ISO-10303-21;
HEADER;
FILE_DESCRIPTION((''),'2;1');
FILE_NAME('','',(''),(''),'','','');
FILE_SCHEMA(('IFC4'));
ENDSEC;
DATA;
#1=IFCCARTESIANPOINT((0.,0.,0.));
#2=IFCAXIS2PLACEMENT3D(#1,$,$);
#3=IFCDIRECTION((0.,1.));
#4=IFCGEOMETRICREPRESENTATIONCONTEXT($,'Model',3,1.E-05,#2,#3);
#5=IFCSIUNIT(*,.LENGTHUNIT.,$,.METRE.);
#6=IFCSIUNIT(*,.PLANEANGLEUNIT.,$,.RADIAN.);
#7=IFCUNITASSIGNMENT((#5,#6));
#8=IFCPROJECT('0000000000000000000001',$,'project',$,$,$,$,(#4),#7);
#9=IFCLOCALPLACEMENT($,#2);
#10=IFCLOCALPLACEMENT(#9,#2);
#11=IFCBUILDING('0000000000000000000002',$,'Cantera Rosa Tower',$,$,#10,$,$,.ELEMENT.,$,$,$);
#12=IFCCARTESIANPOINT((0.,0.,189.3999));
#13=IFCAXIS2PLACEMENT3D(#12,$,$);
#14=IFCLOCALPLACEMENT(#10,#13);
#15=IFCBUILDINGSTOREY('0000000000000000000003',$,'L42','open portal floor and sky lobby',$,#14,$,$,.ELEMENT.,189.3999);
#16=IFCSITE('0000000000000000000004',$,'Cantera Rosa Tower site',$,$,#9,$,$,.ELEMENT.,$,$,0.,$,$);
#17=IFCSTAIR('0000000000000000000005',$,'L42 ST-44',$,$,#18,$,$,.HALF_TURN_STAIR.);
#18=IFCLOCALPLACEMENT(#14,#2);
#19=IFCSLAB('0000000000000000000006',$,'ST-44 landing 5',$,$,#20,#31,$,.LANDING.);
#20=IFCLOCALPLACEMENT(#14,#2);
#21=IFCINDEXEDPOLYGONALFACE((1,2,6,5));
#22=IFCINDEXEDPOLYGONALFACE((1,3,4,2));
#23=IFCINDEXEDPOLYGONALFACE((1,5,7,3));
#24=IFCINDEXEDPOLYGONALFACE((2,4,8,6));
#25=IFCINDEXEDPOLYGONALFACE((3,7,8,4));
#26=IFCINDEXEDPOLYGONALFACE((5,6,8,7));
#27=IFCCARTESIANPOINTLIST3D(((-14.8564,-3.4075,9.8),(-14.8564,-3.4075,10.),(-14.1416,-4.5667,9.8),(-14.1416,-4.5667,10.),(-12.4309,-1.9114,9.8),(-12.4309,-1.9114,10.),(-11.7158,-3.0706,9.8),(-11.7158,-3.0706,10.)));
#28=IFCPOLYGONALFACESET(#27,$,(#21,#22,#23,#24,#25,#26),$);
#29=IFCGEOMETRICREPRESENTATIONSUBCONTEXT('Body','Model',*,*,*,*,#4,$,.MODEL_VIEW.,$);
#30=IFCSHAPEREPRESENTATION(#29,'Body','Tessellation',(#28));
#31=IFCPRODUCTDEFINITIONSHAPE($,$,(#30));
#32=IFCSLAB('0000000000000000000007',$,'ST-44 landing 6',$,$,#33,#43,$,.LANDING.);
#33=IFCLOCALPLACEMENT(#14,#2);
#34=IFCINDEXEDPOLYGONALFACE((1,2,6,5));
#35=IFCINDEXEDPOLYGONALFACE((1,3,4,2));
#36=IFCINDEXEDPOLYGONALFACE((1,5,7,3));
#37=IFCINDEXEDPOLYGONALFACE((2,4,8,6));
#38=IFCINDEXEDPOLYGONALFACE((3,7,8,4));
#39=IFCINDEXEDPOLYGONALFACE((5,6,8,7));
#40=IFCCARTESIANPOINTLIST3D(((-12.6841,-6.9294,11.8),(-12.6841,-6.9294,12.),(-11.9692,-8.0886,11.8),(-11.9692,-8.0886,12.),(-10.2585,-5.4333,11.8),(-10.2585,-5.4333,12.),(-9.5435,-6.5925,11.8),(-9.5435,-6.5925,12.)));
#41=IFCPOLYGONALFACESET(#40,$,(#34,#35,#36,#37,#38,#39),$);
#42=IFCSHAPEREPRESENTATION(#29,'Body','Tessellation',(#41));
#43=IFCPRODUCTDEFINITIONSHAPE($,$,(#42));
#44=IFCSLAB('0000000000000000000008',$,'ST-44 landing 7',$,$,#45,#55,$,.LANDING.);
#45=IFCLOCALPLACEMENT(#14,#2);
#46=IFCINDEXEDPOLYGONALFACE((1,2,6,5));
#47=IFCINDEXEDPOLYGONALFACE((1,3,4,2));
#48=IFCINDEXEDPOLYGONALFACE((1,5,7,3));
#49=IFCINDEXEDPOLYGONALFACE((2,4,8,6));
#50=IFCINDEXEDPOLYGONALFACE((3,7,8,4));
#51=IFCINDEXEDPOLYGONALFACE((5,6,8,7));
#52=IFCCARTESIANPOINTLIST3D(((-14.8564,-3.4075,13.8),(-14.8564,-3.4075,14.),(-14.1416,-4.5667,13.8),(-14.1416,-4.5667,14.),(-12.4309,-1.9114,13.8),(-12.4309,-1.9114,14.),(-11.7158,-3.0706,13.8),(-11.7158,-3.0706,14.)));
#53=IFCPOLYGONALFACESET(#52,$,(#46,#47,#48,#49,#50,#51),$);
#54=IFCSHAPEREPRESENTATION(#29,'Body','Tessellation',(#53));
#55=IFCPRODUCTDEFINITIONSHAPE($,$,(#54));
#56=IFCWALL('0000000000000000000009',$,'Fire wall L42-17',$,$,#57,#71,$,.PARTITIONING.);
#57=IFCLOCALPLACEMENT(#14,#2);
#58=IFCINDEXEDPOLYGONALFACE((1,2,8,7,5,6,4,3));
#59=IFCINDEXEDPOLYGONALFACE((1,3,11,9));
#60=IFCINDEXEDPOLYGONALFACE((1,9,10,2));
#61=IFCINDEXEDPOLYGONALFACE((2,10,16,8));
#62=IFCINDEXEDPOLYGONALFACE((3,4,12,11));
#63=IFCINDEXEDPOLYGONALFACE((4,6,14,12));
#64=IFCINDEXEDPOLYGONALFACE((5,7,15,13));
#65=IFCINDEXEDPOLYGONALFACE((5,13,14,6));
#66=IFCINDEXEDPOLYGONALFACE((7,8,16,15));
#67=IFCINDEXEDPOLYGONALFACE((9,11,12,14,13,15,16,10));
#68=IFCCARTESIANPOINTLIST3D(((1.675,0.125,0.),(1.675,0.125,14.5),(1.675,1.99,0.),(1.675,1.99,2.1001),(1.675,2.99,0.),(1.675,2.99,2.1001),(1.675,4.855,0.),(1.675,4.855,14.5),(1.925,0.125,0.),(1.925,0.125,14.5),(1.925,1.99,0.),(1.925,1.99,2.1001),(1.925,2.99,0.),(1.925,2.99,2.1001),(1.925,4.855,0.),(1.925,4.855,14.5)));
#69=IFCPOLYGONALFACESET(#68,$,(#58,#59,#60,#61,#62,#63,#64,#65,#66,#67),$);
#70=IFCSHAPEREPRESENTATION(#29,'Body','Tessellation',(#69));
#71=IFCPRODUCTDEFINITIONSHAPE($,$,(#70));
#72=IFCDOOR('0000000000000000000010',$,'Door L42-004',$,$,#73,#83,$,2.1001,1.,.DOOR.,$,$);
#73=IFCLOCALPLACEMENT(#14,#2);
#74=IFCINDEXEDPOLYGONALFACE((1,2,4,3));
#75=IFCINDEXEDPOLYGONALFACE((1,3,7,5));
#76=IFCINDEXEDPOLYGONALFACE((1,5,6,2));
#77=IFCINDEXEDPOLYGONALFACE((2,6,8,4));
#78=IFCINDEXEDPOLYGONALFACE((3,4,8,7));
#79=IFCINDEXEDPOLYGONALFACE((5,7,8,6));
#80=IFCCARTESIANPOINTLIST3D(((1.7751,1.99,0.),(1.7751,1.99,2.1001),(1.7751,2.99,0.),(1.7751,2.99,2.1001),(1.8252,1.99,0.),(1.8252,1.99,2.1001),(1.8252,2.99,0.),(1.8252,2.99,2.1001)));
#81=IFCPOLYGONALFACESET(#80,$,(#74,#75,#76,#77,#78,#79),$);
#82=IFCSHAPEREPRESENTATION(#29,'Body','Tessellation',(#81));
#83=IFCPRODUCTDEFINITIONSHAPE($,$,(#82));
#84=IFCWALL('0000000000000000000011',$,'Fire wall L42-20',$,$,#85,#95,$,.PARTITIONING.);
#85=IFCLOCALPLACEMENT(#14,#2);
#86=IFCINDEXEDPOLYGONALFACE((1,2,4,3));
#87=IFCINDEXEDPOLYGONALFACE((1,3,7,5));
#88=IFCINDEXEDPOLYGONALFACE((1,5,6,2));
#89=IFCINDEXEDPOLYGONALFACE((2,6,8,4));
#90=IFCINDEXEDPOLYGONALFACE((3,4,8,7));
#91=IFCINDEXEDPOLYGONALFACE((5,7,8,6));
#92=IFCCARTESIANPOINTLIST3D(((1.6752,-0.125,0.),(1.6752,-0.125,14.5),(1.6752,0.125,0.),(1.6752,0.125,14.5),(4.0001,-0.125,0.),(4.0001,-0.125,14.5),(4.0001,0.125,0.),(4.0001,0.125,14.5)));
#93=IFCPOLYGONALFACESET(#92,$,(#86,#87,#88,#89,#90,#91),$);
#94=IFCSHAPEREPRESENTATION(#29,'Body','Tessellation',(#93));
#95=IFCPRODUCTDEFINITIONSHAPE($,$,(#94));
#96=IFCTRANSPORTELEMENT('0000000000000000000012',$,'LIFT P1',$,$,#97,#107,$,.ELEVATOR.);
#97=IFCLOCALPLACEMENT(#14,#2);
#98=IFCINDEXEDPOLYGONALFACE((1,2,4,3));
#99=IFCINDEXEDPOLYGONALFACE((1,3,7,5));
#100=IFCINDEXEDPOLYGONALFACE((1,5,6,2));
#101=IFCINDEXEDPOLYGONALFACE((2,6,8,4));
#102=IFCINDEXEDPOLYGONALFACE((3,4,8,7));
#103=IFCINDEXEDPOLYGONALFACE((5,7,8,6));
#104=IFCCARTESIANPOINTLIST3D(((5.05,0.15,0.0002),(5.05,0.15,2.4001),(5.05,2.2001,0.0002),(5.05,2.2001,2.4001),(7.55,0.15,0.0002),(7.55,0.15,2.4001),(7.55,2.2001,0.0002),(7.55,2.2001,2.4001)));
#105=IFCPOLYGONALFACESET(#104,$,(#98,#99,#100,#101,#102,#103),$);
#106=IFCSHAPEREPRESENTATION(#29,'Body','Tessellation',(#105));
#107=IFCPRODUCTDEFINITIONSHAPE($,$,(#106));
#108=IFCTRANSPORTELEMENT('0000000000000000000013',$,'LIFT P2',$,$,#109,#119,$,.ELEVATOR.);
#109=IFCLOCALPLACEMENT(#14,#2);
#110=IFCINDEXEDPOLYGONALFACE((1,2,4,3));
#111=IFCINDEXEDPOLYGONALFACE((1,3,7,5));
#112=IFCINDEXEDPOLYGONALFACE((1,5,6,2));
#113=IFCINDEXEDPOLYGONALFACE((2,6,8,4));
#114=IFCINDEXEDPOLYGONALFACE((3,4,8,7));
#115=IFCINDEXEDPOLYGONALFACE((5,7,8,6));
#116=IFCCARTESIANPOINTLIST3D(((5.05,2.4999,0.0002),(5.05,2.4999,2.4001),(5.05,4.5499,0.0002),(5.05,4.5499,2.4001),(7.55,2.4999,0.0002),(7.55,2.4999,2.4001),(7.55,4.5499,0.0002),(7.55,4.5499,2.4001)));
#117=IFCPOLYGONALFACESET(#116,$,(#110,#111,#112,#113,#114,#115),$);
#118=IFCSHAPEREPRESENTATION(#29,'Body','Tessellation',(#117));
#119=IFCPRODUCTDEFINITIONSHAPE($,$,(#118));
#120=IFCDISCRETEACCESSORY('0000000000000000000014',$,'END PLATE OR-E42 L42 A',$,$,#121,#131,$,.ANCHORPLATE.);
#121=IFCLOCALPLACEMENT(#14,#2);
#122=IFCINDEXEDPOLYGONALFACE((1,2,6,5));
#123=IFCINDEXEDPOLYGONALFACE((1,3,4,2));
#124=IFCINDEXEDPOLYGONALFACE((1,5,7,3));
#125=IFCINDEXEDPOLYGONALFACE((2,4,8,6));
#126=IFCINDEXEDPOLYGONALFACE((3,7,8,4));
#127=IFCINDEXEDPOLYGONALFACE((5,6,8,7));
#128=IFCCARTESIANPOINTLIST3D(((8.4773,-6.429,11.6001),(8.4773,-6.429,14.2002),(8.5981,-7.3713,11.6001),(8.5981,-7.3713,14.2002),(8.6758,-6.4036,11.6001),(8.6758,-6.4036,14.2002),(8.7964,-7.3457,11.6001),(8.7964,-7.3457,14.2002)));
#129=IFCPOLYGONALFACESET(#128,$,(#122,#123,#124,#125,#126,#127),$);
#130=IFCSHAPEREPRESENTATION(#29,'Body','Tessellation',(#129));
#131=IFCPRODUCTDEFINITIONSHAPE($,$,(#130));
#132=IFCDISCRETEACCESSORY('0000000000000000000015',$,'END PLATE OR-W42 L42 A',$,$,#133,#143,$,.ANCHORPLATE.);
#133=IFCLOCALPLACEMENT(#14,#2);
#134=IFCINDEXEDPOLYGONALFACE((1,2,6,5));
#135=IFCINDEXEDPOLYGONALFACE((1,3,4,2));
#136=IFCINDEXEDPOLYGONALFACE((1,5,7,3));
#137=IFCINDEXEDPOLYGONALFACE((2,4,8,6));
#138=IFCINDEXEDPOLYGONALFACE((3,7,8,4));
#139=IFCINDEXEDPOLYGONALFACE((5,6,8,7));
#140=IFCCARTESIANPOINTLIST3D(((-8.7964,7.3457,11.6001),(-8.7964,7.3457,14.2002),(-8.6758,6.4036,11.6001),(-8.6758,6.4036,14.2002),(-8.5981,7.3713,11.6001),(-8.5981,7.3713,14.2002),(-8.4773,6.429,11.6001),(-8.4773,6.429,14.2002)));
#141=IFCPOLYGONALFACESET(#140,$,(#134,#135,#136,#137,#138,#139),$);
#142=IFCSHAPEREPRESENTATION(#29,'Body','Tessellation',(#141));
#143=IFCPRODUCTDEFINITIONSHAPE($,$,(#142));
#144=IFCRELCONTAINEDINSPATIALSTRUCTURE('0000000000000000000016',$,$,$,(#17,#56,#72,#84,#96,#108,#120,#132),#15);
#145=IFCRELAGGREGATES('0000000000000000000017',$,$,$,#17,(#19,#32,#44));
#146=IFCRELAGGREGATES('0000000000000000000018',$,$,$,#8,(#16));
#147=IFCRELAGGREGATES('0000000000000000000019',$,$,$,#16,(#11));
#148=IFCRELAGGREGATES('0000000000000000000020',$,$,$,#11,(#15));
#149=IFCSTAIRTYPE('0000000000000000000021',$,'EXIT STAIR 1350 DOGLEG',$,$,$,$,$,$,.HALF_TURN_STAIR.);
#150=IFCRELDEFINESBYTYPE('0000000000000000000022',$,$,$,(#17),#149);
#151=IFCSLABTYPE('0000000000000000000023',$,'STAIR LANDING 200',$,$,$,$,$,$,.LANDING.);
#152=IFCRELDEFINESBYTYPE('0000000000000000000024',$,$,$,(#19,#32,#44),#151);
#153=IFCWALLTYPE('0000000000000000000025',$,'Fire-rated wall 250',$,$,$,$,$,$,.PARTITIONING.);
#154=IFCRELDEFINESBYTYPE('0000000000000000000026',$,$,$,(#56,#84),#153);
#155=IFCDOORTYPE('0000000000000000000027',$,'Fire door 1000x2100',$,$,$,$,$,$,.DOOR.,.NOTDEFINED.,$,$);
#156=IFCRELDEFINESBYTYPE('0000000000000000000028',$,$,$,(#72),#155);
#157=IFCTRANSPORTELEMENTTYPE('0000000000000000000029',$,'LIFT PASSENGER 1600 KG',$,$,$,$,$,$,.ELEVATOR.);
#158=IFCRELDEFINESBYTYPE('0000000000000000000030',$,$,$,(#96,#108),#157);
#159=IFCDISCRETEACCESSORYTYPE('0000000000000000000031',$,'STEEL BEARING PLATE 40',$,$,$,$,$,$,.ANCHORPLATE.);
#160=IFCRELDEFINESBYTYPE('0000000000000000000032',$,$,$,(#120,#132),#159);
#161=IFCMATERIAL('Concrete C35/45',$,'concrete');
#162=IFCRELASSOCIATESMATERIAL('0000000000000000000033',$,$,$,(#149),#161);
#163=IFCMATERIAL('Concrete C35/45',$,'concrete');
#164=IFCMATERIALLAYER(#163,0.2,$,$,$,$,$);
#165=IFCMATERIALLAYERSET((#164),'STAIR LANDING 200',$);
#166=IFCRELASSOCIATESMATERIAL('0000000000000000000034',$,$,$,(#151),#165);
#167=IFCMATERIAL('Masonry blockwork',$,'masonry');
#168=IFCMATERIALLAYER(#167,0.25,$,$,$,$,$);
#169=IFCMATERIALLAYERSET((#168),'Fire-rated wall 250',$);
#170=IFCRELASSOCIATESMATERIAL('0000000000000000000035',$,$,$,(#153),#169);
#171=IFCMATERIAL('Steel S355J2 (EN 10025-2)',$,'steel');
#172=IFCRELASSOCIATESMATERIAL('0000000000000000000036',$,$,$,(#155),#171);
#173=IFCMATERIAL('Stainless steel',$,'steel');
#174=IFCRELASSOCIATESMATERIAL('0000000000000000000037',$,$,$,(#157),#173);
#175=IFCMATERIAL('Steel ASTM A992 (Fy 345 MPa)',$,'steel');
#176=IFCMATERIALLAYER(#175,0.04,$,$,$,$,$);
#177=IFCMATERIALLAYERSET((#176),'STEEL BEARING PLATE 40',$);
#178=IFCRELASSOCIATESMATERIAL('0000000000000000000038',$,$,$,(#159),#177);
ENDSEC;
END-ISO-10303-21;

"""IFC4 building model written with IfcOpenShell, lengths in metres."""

from ifc_helpers import new_model, si_unit, direction, frame, frame_2d, origin, origin_2d, place, context, subcontext, project, spatial, polyline, rectangle, outline, extrude, material, layer, layer_set, type_object, element, fill, aggregate, save


model = new_model("IFC4")

# Units and contexts
model_context = context("Model", 3, precision=1e-05, world=origin(), true_north=direction((0.0, 1.0)))
body_context = subcontext(model_context, "Body", "Model", "MODEL_VIEW")
ifc_project = project(units=[si_unit("LENGTHUNIT", "METRE"), si_unit("PLANEANGLEUNIT", "RADIAN")], contexts=[model_context])

# Site, building, storey
site_placement = place(None, origin())
site = spatial("IfcSite", under=ifc_project, at=site_placement, Name="Cantera Rosa Tower site", CompositionType="ELEMENT", RefElevation=0.0)
building_placement = place(site_placement, origin())
building = spatial("IfcBuilding", under=site, at=building_placement, Name="Cantera Rosa Tower", CompositionType="ELEMENT")
storey_placement = place(building_placement, frame((0.0, 0.0, 189.3999)))
storey = spatial("IfcBuildingStorey", under=building, at=storey_placement, Name="L42", Description="open portal floor and sky lobby", CompositionType="ELEMENT", Elevation=189.3999)

# Stair, slabs
ifc_material_1 = material(Name="Concrete C35/45", Category="concrete")
stair_type = type_object("IfcStairType", Name="EXIT STAIR 1350 DOGLEG", PredefinedType="HALF_TURN_STAIR", material=ifc_material_1)
ifc_material_2 = material(Name="Concrete C35/45", Category="concrete")
ifc_layer_1 = layer(ifc_material_2, 0.2)
ifc_layer_set_1 = layer_set([ifc_layer_1], Name="STAIR LANDING 200")
slab_type = type_object("IfcSlabType", Name="STAIR LANDING 200", PredefinedType="LANDING", material=ifc_layer_set_1)
stair_1_placement = place(storey_placement, origin())
stair_1 = element("IfcStair", 1, at=stair_1_placement, inside=storey, type_object=stair_type, Name="L42 ST-44", PredefinedType="HALF_TURN_STAIR")
slab_1_placement = place(storey_placement, frame((0.0, 0.0, 9.8)))
slab_1 = element("IfcSlab", 2, at=slab_1_placement, type_object=slab_type, Name="ST-44 landing 5", PredefinedType="LANDING", context=body_context, shape_type="SweptSolid", body=[
    extrude(outline(polyline([(-11.7158, -3.0706), (-12.4309, -1.9114), (-14.8564, -3.4075), (-14.1416, -4.5667), (-11.7158, -3.0706)])), origin(), (0.0, 0.0, 1.0), 0.2),
])
slab_2_placement = place(storey_placement, frame((0.0, 0.0, 11.8)))
slab_2 = element("IfcSlab", 3, at=slab_2_placement, type_object=slab_type, Name="ST-44 landing 6", PredefinedType="LANDING", context=body_context, shape_type="SweptSolid", body=[
    extrude(outline(polyline([(-9.5435, -6.5925), (-10.2585, -5.4333), (-12.6841, -6.9294), (-11.9692, -8.0886), (-9.5435, -6.5925)])), origin(), (0.0, 0.0, 1.0), 0.2),
])
slab_3_placement = place(storey_placement, frame((0.0, 0.0, 13.8)))
slab_3 = element("IfcSlab", 4, at=slab_3_placement, type_object=slab_type, Name="ST-44 landing 7", PredefinedType="LANDING", context=body_context, shape_type="SweptSolid", body=[
    extrude(outline(polyline([(-11.7158, -3.0706), (-12.4309, -1.9114), (-14.8564, -3.4075), (-14.1416, -4.5667), (-11.7158, -3.0706)])), origin(), (0.0, 0.0, 1.0), 0.2),
])
aggregate(stair_1, [slab_1, slab_2, slab_3])

# Wall, opening, door
ifc_material_3 = material(Name="Masonry blockwork", Category="masonry")
ifc_layer_2 = layer(ifc_material_3, 0.25)
ifc_layer_set_2 = layer_set([ifc_layer_2], Name="Fire-rated wall 250")
wall_type = type_object("IfcWallType", Name="Fire-rated wall 250", PredefinedType="PARTITIONING", material=ifc_layer_set_2)
wall_1_placement = place(storey_placement, frame((1.8, 0.125, 0.0), z_axis=(0.0, 0.0, 1.0), x_axis=(0.0, 1.0, 0.0)))
wall_1 = element("IfcWall", 5, at=wall_1_placement, inside=storey, type_object=wall_type, Name="Fire wall L42-17", PredefinedType="PARTITIONING", context=body_context, shape_type="SweptSolid", body=[
    extrude(rectangle(XDim=4.73, YDim=0.25, at=frame_2d((2.365, 0.0))), origin(), (0.0, 0.0, 1.0), 14.5),
])
opening_placement = place(wall_1_placement, frame((1.865, 0.0, 0.0)))
opening = element("IfcOpeningElement", 6, at=opening_placement, cuts=wall_1, PredefinedType="OPENING", context=body_context, shape_type="SweptSolid", body=[
    extrude(rectangle(XDim=1.0, YDim=2.1001, at=frame_2d((0.5, 1.05))), frame((0.0, 0.135, 0.0), z_axis=(0.0, -1.0, 0.0), x_axis=(1.0, 0.0, 0.0)), (0.0, 0.0, 1.0), 0.27),
])
ifc_material_4 = material(Name="Steel S355J2 (EN 10025-2)", Category="steel")
door_type = type_object("IfcDoorType", Name="Fire door 1000x2100", OperationType="NOTDEFINED", PredefinedType="DOOR", material=ifc_material_4)
door_placement = place(opening_placement, origin())
door = element("IfcDoor", 7, at=door_placement, inside=storey, type_object=door_type, Name="Door L42-004", OverallHeight=2.1001, OverallWidth=1.0, PredefinedType="DOOR", context=body_context, shape_type="SweptSolid", body=[
    extrude(rectangle(XDim=1.0, YDim=2.1001, at=frame_2d((0.5, 1.05))), frame((0.0, 0.0249, 0.0), z_axis=(0.0, -1.0, 0.0), x_axis=(1.0, 0.0, 0.0)), (0.0, 0.0, 1.0), 0.05),
])
fill(opening, door)

# Wall
wall_2_placement = place(storey_placement, frame((1.675, 0.0, 0.0), z_axis=(0.0, 0.0, 1.0), x_axis=(1.0, 0.0, 0.0)))
element("IfcWall", 8, at=wall_2_placement, inside=storey, type_object=wall_type, Name="Fire wall L42-20", PredefinedType="PARTITIONING", context=body_context, shape_type="SweptSolid", body=[
    extrude(rectangle(XDim=2.325, YDim=0.25, at=frame_2d((1.1626, 0.0))), origin(), (0.0, 0.0, 1.0), 14.5),
])

# Transport elements
ifc_material_5 = material(Name="Stainless steel", Category="steel")
transport_element_type = type_object("IfcTransportElementType", Name="LIFT PASSENGER 1600 KG", PredefinedType="ELEVATOR", material=ifc_material_5)
for number, where, z_axis, x_axis, name in (
    (9, (6.3, 1.175, 0.0002), (0.0, 0.0, 1.0), (1.0, 0.0, 0.0), "LIFT P1"),
    (10, (6.3, 3.5249, 0.0002), (0.0, 0.0, 1.0), (1.0, 0.0, 0.0), "LIFT P2"),
):
    element("IfcTransportElement", number, at=place(storey_placement, frame(where, z_axis=z_axis, x_axis=x_axis)), inside=storey, type_object=transport_element_type, Name=name, PredefinedType="ELEVATOR", context=body_context, shape_type="SweptSolid", body=[
        extrude(rectangle(XDim=2.5, YDim=2.05, at=origin_2d()), origin(), (0.0, 0.0, 1.0), 2.3999),
    ])

# Discrete accessories
ifc_material_6 = material(Name="Steel ASTM A992 (Fy 345 MPa)", Category="steel")
ifc_layer_3 = layer(ifc_material_6, 0.04)
ifc_layer_set_3 = layer_set([ifc_layer_3], Name="STEEL BEARING PLATE 40")
discrete_accessory_type = type_object("IfcDiscreteAccessoryType", Name="STEEL BEARING PLATE 40", PredefinedType="ANCHORPLATE", material=ifc_layer_set_3)
discrete_accessory_1_placement = place(storey_placement, frame((0.0, 0.0, 11.6001)))
element("IfcDiscreteAccessory", 11, at=discrete_accessory_1_placement, inside=storey, type_object=discrete_accessory_type, Name="END PLATE OR-E42 L42 A", PredefinedType="ANCHORPLATE", context=body_context, shape_type="SweptSolid", body=[
    extrude(outline(polyline([(8.6758, -6.4036), (8.4773, -6.429), (8.5981, -7.3713), (8.7964, -7.3457), (8.6758, -6.4036)])), origin(), (0.0, 0.0, 1.0), 2.6001),
])
discrete_accessory_2_placement = place(storey_placement, frame((0.0, 0.0, 11.6001)))
element("IfcDiscreteAccessory", 12, at=discrete_accessory_2_placement, inside=storey, type_object=discrete_accessory_type, Name="END PLATE OR-W42 L42 A", PredefinedType="ANCHORPLATE", context=body_context, shape_type="SweptSolid", body=[
    extrude(outline(polyline([(-8.6758, 6.4036), (-8.4773, 6.429), (-8.5981, 7.3713), (-8.7964, 7.3457), (-8.6758, 6.4036)])), origin(), (0.0, 0.0, 1.0), 2.6001),
])

save(model, "model.ifc")
